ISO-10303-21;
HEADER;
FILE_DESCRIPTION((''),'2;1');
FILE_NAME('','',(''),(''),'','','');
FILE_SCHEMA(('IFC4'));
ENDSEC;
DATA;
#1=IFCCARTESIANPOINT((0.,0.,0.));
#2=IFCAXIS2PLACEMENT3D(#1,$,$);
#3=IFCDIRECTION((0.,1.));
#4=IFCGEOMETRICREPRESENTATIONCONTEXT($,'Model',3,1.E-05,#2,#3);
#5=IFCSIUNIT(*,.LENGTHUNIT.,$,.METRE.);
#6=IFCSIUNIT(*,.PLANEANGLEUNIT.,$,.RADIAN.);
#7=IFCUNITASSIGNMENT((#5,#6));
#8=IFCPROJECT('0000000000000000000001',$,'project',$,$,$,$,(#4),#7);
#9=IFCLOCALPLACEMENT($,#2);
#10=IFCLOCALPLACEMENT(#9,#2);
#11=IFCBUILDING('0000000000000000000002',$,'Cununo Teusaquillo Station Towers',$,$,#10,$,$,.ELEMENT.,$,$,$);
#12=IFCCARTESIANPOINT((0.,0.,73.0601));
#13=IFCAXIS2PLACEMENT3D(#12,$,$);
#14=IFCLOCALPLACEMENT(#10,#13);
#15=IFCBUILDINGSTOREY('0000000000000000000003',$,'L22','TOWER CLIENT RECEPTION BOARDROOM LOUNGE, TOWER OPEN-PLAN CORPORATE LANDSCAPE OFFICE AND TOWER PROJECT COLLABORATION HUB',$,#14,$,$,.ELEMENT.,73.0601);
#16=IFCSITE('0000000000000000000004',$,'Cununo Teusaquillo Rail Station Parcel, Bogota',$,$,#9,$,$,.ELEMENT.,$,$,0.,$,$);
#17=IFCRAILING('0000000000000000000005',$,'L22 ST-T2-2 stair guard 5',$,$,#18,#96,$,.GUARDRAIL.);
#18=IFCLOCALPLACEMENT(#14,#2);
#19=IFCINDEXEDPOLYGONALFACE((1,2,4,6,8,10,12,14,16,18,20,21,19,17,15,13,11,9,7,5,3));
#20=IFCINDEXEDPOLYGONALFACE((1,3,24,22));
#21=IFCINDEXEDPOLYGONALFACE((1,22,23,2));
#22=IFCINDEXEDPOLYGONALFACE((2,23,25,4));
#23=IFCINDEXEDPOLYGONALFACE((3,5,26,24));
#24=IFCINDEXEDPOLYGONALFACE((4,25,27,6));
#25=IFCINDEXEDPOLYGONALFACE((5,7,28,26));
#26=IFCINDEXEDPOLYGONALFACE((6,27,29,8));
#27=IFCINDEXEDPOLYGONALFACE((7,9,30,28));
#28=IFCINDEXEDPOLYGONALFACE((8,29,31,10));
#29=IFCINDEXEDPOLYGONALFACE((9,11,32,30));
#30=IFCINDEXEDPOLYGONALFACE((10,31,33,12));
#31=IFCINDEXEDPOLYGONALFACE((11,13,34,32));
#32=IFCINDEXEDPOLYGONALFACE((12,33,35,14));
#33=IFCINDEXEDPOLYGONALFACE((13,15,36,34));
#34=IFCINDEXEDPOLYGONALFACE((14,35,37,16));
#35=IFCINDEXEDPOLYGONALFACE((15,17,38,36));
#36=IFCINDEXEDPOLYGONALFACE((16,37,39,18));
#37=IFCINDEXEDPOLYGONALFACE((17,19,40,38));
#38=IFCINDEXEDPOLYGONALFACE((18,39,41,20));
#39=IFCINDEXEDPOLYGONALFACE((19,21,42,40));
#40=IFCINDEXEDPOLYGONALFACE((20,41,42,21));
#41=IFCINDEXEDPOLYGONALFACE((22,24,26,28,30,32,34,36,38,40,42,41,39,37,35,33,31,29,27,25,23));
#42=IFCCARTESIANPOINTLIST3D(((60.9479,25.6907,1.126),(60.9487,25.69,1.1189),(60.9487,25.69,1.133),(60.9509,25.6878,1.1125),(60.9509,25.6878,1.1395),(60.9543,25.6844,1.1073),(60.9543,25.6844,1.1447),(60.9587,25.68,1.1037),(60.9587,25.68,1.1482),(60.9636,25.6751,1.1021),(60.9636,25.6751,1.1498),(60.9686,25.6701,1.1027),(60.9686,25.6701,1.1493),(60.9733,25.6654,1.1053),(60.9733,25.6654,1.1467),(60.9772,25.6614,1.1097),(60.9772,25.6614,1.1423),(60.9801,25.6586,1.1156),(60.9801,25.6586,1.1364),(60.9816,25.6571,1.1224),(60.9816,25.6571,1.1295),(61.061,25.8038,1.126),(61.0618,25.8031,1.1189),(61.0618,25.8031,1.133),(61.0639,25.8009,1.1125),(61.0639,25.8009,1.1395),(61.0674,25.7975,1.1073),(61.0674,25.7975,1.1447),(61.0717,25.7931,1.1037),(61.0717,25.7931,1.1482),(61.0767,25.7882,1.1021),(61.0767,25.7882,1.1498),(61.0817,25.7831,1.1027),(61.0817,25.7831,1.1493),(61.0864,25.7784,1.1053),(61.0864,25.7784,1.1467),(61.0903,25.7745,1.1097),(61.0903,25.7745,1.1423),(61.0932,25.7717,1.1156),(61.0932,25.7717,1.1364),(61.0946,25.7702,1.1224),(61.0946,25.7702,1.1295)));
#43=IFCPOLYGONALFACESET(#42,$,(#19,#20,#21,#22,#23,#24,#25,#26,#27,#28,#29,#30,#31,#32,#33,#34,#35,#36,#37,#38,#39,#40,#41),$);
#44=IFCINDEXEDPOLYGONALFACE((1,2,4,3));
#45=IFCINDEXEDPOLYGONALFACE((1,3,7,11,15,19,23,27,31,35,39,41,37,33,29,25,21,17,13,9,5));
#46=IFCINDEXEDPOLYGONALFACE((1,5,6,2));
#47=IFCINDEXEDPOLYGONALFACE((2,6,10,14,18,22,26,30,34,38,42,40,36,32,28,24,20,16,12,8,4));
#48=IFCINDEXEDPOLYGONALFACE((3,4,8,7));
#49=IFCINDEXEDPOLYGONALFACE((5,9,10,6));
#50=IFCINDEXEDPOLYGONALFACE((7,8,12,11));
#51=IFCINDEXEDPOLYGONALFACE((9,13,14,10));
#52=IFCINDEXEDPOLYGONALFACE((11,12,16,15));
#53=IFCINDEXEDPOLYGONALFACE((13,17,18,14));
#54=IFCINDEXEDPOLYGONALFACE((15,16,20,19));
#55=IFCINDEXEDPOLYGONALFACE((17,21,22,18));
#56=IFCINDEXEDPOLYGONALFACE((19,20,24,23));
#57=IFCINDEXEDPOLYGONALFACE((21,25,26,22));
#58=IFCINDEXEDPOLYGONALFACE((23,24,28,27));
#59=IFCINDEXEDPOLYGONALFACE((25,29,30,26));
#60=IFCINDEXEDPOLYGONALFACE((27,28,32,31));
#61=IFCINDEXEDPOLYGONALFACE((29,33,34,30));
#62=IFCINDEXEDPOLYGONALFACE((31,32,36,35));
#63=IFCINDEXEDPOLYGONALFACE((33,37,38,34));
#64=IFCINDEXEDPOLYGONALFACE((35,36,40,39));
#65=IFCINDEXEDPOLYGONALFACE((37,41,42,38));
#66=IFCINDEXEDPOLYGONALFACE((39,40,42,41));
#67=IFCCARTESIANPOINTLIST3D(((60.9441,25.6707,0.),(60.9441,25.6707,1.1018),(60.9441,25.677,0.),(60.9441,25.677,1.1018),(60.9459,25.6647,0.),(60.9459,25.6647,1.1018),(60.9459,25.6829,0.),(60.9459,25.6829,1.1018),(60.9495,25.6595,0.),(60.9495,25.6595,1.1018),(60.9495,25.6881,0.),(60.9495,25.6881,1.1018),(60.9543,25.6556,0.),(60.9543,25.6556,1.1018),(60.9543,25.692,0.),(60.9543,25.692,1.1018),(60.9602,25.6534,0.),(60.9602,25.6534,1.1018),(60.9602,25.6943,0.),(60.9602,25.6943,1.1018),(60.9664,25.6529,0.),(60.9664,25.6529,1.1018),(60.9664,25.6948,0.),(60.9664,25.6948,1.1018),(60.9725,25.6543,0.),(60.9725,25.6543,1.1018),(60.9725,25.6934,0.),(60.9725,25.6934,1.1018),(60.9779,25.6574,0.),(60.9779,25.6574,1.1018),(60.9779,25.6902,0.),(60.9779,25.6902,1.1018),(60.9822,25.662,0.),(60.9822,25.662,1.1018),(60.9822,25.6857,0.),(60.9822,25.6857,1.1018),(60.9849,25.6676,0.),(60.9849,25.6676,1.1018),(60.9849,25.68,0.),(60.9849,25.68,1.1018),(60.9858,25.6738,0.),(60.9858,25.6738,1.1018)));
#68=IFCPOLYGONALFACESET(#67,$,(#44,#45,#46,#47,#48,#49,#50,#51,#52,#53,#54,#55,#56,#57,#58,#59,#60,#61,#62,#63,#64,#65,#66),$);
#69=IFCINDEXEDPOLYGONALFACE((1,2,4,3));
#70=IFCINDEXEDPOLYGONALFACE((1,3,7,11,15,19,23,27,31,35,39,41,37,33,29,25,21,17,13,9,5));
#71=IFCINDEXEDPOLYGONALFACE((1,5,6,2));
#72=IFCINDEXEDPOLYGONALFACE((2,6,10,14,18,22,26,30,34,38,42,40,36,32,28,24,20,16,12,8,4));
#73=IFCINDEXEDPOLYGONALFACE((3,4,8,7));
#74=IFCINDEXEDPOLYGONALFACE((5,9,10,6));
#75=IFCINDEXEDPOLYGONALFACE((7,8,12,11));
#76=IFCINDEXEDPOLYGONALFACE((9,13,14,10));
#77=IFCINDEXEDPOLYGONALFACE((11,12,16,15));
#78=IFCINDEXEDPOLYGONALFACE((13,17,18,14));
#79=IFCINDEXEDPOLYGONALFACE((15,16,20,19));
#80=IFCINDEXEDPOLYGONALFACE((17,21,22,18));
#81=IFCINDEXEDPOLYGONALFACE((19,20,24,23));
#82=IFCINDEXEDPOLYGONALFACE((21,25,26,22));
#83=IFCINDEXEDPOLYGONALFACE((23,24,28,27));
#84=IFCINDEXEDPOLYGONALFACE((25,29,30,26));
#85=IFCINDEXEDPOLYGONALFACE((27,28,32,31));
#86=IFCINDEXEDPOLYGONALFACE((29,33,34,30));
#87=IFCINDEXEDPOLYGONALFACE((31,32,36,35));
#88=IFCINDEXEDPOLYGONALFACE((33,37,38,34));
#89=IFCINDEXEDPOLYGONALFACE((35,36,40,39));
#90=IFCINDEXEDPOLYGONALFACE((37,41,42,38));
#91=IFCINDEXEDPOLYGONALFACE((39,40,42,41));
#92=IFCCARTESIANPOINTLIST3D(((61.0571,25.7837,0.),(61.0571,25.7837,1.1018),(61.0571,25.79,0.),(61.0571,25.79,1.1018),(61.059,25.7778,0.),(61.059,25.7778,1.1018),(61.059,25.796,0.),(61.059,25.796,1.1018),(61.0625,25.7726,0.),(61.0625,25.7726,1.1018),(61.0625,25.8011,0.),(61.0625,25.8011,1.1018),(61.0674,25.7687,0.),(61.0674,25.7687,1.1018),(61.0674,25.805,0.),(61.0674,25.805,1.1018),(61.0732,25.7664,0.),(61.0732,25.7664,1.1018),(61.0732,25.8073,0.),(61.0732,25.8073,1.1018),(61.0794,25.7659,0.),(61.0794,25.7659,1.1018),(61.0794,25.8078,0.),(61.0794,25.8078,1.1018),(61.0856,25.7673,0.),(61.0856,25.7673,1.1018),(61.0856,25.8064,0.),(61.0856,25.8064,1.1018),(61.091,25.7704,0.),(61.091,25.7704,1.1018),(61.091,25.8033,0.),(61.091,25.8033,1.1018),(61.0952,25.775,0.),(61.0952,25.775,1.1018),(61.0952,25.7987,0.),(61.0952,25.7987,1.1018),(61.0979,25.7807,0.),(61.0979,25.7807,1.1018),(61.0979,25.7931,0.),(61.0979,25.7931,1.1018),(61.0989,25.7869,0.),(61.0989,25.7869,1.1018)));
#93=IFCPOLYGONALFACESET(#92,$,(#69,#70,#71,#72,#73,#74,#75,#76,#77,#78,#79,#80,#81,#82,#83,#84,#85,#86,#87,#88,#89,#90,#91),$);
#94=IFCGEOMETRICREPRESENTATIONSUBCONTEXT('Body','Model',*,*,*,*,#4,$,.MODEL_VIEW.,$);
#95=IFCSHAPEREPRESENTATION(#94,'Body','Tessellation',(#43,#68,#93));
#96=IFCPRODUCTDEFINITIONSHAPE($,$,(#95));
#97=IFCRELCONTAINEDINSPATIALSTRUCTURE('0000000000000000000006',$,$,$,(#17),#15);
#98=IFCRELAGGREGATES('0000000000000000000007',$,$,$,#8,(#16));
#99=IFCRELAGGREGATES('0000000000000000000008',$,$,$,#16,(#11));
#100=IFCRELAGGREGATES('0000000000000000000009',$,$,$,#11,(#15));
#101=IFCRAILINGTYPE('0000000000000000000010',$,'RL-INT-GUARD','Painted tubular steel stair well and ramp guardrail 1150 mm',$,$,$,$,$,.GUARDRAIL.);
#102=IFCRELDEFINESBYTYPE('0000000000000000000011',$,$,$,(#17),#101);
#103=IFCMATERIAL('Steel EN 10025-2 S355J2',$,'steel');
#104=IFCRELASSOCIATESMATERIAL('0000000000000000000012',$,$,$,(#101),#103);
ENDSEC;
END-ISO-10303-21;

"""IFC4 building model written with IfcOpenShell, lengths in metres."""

from ifc_helpers import new_model, si_unit, direction, frame, origin, origin_2d, place, context, subcontext, project, spatial, circle, extrude, material, type_object, element, save


model = new_model("IFC4")

# Units and contexts
model_context = context("Model", 3, precision=1e-05, world=origin(), true_north=direction((0.0, 1.0)))
body_context = subcontext(model_context, "Body", "Model", "MODEL_VIEW")
ifc_project = project(units=[si_unit("LENGTHUNIT", "METRE"), si_unit("PLANEANGLEUNIT", "RADIAN")], contexts=[model_context])

# Site, building, storey
site_placement = place(None, origin())
site = spatial("IfcSite", under=ifc_project, at=site_placement, Name="Cununo Teusaquillo Rail Station Parcel, Bogota", CompositionType="ELEMENT", RefElevation=0.0)
building_placement = place(site_placement, origin())
building = spatial("IfcBuilding", under=site, at=building_placement, Name="Cununo Teusaquillo Station Towers", CompositionType="ELEMENT")
storey_placement = place(building_placement, frame((0.0, 0.0, 73.0601)))
storey = spatial("IfcBuildingStorey", under=building, at=storey_placement, Name="L22", Description="TOWER CLIENT RECEPTION BOARDROOM LOUNGE, TOWER OPEN-PLAN CORPORATE LANDSCAPE OFFICE AND TOWER PROJECT COLLABORATION HUB", CompositionType="ELEMENT", Elevation=73.0601)

# Railing
ifc_material_1 = material(Name="Steel EN 10025-2 S355J2", Category="steel")
railing_type_1 = type_object("IfcRailingType", Name="RL-INT-GUARD", Description="Painted tubular steel stair well and ramp guardrail 1150 mm", PredefinedType="GUARDRAIL", material=ifc_material_1)
railing_1_placement = place(storey_placement, frame((60.9648, 25.6738, 0.0)))
element("IfcRailing", 1, at=railing_1_placement, inside=storey, type_object=railing_type_1, Name="L22 ST-T2-2 stair guard 5", PredefinedType="GUARDRAIL", context=body_context, shape_type="SweptSolid", body=[
    extrude(circle(Radius=0.0239, at=origin_2d()), frame((0.0, 0.0, 1.126), z_axis=(0.707107, 0.707107, 0.0), x_axis=(-0.707107, 0.707107, 0.0)), (0.0, 0.0, 1.0), 0.1599),
    extrude(circle(Radius=0.021, at=origin_2d()), origin(), (0.0, 0.0, 1.0), 1.1018),
    extrude(circle(Radius=0.021, at=origin_2d()), frame((0.113, 0.113, 0.0)), (0.0, 0.0, 1.0), 1.1018),
])

save(model, "model.ifc")
